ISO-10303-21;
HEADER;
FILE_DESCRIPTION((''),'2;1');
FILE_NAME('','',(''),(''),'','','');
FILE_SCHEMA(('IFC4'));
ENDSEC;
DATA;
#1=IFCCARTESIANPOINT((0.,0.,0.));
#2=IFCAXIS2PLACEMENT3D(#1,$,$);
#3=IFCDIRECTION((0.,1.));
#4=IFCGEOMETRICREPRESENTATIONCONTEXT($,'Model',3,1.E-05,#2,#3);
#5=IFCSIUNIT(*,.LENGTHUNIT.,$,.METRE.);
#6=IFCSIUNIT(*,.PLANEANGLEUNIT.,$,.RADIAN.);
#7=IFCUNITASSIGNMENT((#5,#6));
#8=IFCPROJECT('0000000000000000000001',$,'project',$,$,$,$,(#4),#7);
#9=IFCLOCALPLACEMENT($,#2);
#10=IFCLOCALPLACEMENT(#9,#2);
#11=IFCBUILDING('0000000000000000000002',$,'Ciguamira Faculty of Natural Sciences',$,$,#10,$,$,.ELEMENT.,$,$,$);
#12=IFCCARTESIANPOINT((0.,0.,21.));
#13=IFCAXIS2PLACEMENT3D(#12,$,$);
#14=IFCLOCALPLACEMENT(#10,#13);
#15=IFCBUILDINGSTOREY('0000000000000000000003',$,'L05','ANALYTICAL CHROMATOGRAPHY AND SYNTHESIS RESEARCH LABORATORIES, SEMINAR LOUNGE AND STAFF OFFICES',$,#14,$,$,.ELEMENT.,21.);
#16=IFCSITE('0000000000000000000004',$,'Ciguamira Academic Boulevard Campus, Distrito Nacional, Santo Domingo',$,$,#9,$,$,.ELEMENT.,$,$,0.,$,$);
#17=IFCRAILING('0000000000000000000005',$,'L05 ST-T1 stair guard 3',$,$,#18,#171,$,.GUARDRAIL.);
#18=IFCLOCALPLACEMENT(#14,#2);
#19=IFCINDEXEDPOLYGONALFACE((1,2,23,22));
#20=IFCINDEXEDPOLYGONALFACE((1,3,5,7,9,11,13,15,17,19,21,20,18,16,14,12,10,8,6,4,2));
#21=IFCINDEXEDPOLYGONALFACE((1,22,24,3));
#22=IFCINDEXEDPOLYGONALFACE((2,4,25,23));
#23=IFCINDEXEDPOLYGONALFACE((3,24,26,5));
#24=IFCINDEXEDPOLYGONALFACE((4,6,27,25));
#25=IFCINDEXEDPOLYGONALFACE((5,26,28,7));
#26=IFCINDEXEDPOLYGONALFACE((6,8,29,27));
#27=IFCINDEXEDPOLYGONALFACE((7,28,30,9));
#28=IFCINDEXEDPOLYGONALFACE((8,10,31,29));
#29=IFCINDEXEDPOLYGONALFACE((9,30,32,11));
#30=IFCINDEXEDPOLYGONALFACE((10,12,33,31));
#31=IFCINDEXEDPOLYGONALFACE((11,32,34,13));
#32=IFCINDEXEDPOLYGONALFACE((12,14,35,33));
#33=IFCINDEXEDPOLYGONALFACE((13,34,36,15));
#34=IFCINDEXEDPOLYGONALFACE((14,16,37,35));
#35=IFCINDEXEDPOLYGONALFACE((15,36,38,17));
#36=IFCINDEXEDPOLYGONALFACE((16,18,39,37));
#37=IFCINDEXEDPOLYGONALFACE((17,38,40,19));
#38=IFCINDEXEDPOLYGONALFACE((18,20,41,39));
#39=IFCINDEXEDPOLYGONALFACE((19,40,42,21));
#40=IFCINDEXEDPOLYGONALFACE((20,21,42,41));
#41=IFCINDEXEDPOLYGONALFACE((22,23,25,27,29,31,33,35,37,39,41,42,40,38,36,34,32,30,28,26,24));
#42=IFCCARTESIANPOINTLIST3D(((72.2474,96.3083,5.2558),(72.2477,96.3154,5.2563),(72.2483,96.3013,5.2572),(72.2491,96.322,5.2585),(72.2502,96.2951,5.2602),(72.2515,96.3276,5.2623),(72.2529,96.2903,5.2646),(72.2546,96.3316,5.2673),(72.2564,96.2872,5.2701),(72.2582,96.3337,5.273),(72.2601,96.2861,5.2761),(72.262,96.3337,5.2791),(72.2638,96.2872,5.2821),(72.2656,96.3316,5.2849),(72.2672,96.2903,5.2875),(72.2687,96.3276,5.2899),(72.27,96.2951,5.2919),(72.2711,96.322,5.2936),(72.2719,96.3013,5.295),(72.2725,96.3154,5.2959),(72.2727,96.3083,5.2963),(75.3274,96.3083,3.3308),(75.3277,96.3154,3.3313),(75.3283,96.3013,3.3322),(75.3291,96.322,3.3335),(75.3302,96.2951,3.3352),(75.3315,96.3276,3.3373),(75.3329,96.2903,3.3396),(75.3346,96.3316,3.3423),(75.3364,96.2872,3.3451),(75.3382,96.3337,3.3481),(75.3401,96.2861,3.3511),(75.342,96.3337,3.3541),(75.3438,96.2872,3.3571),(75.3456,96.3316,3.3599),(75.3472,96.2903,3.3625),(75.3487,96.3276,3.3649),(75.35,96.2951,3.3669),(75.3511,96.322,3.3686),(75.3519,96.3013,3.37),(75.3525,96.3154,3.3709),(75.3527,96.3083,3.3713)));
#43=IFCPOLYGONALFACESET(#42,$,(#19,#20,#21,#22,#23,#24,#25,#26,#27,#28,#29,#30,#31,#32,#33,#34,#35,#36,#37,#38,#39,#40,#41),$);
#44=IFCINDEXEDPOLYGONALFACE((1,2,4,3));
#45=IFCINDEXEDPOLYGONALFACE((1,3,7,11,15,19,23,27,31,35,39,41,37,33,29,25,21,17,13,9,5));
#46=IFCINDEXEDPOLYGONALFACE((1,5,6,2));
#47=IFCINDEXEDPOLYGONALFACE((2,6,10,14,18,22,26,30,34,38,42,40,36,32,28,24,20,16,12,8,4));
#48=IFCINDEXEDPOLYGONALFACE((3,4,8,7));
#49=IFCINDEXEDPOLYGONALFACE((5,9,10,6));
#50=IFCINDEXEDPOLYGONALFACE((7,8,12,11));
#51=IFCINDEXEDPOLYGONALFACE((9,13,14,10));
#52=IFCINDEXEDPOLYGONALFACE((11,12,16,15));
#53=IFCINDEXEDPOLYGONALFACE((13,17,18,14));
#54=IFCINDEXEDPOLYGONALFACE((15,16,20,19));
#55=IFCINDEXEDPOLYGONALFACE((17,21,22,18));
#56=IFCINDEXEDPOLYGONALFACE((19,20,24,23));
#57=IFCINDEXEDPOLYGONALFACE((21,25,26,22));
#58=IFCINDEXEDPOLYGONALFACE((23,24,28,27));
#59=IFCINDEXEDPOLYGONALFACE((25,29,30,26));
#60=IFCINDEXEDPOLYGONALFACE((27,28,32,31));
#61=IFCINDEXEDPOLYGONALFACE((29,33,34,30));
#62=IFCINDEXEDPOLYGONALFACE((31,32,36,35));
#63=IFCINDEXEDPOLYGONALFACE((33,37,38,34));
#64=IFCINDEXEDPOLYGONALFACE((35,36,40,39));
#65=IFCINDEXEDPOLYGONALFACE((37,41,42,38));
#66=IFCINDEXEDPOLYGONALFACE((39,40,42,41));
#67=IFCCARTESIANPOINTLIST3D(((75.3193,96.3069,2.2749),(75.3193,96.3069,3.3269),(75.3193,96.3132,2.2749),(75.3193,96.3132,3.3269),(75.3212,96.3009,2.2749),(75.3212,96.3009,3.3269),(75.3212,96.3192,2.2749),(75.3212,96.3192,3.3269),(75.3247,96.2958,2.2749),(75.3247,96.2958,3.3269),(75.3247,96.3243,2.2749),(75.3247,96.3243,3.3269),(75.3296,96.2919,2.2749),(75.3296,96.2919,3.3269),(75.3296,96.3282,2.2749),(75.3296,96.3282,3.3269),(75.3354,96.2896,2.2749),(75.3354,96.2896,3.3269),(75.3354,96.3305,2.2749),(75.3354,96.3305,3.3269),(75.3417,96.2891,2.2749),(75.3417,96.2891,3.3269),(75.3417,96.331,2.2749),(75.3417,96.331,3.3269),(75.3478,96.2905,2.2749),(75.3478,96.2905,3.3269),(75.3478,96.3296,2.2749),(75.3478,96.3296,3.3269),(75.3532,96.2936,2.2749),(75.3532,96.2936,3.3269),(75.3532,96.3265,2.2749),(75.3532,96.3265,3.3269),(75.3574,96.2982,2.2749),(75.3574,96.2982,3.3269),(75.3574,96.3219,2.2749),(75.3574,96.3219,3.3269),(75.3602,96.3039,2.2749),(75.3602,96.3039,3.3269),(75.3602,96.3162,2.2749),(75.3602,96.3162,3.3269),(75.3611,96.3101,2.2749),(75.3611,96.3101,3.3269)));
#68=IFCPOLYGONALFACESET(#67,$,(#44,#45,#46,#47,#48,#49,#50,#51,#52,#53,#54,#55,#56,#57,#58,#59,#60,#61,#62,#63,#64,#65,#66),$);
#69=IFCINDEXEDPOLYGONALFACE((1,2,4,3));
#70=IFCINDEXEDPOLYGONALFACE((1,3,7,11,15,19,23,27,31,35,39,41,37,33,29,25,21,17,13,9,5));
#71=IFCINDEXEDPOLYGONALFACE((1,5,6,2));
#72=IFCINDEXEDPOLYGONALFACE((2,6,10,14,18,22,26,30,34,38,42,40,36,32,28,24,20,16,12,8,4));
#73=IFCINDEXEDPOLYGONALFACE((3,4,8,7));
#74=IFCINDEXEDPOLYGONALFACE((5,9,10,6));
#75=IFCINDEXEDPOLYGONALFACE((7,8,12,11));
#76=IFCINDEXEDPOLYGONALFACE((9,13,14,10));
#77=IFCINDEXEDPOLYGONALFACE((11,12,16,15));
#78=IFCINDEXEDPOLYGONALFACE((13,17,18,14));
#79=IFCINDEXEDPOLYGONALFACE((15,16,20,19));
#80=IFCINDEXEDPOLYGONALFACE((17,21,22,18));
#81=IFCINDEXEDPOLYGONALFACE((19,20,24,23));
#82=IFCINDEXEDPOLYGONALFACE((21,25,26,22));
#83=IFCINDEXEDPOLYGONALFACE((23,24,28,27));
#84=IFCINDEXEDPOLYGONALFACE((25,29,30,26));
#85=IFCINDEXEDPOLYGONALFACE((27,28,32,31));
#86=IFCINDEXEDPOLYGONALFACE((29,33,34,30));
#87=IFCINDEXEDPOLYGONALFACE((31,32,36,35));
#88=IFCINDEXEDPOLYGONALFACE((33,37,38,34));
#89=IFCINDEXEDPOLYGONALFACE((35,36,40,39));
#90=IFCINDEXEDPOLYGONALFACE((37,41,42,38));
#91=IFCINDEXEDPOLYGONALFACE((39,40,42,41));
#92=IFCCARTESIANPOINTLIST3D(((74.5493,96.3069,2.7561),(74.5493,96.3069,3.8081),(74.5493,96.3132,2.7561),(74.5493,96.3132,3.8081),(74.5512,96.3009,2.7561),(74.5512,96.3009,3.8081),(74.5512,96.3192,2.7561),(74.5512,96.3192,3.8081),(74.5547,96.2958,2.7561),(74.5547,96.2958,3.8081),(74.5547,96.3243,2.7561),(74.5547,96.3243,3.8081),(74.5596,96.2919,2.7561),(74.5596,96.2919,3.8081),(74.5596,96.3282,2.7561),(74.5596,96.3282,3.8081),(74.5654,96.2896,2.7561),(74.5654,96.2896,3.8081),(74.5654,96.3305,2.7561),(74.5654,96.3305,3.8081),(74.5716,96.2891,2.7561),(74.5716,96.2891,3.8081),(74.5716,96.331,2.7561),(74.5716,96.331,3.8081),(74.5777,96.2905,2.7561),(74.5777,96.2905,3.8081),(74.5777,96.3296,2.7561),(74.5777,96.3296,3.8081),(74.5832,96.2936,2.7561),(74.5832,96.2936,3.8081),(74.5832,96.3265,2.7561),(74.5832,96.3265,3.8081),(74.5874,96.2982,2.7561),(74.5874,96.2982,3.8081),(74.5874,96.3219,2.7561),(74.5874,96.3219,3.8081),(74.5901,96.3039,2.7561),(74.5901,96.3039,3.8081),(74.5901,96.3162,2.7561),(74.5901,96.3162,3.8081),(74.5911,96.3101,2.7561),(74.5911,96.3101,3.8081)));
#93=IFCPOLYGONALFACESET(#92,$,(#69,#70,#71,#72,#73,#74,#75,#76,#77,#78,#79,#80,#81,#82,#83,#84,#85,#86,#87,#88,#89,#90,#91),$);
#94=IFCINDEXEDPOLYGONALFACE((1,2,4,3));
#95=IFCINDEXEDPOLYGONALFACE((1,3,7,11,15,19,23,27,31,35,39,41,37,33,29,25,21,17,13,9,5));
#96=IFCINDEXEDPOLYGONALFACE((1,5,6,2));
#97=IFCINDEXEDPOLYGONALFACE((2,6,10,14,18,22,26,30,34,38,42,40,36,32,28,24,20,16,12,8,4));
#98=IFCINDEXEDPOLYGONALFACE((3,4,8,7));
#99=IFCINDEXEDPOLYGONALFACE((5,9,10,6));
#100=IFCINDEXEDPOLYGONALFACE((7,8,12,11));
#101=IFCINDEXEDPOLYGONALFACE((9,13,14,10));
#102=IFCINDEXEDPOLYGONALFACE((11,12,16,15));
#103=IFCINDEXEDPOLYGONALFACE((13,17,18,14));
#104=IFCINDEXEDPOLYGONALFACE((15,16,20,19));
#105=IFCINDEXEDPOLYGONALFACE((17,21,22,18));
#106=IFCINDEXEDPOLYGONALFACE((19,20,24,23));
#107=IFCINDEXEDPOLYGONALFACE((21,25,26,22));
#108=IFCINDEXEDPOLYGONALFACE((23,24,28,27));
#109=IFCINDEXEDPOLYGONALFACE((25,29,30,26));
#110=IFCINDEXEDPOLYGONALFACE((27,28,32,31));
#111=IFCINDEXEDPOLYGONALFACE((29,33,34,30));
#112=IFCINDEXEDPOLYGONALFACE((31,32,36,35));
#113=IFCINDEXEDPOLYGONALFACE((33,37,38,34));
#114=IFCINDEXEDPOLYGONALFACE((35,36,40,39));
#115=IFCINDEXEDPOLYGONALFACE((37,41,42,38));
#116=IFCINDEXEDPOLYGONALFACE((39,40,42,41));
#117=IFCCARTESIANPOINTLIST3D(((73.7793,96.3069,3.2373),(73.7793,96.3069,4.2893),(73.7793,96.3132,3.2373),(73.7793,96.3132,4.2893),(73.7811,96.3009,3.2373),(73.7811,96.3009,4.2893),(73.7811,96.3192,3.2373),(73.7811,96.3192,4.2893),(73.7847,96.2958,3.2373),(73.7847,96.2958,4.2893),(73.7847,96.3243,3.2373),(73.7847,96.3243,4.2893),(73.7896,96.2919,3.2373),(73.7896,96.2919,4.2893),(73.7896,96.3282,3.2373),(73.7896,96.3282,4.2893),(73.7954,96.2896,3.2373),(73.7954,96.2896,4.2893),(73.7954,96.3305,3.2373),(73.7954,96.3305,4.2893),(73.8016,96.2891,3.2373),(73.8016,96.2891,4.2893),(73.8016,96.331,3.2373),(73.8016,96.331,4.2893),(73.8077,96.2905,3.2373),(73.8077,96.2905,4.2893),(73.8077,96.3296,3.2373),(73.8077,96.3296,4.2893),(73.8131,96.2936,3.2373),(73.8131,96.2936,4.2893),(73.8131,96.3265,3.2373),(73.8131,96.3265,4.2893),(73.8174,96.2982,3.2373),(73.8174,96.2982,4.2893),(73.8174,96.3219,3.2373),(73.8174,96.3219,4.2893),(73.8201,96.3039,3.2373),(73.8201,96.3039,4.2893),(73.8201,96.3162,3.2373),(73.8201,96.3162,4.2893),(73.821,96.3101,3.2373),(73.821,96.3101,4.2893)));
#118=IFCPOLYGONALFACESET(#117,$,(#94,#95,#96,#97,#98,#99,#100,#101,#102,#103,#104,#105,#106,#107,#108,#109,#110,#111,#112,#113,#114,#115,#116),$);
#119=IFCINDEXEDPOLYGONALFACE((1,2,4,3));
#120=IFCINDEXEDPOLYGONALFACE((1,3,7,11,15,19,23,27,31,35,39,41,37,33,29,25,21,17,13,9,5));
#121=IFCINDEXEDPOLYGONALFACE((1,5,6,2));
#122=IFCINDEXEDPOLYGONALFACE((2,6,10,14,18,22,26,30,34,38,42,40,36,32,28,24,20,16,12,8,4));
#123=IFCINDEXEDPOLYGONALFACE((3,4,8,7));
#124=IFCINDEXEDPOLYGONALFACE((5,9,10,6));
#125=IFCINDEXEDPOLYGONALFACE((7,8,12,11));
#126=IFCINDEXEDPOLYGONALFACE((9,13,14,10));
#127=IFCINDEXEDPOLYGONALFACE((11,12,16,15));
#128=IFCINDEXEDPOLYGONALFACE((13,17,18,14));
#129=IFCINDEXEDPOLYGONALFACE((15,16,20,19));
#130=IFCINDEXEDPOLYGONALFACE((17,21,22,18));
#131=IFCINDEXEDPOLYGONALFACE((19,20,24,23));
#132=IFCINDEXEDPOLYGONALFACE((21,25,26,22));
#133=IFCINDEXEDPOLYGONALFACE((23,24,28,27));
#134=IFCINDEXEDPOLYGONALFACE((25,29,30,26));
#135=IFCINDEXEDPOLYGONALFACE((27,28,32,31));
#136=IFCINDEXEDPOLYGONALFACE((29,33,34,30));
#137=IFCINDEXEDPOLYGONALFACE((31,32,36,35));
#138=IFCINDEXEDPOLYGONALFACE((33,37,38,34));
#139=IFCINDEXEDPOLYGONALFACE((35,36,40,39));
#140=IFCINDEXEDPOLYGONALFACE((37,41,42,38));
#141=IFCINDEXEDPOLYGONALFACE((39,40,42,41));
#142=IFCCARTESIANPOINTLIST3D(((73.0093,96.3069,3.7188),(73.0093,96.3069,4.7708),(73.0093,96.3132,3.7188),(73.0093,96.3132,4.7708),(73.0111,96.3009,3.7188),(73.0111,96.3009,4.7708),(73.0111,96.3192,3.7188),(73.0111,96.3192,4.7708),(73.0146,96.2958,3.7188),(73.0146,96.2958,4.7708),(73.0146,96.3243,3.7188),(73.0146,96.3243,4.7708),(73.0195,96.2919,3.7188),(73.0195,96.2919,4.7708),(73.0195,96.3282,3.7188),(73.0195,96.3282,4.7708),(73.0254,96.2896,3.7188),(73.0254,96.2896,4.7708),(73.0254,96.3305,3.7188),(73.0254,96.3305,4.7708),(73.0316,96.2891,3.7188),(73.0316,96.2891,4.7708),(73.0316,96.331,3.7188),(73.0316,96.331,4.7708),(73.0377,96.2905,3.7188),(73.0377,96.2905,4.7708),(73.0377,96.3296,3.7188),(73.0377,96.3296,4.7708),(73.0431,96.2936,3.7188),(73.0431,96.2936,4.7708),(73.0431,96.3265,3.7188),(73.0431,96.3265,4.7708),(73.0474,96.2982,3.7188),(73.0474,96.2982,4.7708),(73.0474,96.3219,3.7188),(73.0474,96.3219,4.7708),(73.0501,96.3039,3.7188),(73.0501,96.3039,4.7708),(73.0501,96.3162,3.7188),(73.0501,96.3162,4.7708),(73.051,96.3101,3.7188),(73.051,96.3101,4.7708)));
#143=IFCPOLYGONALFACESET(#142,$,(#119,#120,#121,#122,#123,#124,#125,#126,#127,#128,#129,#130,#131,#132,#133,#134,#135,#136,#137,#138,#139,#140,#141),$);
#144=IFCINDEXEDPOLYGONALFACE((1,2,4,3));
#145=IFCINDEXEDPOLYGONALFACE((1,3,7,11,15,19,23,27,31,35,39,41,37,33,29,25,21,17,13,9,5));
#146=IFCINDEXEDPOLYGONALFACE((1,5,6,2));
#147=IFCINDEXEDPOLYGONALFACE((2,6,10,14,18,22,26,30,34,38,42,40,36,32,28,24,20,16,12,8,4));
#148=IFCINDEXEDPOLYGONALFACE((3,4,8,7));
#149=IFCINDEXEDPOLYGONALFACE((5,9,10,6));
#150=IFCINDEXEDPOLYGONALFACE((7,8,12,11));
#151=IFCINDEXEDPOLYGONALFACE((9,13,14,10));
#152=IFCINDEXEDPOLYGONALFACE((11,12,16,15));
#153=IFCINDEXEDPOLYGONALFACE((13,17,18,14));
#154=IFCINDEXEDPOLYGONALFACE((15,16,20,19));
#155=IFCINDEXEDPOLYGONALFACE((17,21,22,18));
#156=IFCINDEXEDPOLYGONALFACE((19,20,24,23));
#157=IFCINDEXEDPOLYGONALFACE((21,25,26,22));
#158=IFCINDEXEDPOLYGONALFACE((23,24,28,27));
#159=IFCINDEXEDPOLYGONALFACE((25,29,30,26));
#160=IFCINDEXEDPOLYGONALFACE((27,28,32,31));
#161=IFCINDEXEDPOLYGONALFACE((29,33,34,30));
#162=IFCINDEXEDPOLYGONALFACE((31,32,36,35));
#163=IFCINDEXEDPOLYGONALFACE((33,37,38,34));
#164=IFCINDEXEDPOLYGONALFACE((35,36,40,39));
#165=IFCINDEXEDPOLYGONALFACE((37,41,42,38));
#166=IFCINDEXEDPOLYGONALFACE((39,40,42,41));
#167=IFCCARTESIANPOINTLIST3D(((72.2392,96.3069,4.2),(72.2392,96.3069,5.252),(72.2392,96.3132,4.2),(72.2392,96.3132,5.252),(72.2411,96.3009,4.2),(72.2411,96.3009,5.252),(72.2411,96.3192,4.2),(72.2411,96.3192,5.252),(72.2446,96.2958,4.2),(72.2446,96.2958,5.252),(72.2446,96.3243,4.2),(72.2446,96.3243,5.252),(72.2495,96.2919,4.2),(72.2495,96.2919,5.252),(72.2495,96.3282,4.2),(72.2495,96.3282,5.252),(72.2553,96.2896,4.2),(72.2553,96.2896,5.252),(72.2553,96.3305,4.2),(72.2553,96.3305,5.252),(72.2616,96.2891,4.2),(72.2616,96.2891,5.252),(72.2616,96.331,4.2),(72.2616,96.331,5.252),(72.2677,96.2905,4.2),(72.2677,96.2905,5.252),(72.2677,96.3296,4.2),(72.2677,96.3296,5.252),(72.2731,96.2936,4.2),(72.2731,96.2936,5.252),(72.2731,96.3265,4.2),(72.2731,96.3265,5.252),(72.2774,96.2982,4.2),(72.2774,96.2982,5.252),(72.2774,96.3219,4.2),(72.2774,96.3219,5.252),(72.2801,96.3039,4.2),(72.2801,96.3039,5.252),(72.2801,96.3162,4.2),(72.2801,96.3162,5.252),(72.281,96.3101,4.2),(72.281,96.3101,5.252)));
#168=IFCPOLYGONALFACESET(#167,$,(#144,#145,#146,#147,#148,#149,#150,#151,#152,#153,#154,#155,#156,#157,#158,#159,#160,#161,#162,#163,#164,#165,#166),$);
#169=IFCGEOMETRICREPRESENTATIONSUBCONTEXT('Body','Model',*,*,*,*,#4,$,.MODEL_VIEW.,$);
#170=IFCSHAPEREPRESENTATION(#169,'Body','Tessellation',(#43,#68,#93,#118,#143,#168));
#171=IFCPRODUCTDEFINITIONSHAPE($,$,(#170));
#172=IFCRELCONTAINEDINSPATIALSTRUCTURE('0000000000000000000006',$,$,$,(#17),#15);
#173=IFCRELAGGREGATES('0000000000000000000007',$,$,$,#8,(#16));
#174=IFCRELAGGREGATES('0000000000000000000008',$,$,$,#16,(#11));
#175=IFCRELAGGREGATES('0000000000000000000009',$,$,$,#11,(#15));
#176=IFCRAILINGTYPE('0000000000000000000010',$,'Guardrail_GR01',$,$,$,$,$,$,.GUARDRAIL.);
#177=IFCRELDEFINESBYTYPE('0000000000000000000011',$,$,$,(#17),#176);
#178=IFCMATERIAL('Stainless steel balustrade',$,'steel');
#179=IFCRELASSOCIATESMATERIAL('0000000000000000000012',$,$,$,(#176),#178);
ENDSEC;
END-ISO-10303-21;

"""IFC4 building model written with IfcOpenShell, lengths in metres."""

from ifc_helpers import new_model, si_unit, direction, frame, origin, origin_2d, place, context, subcontext, project, spatial, circle, extrude, material, type_object, element, save


model = new_model("IFC4")

# Units and contexts
model_context = context("Model", 3, precision=1e-05, world=origin(), true_north=direction((0.0, 1.0)))
body_context = subcontext(model_context, "Body", "Model", "MODEL_VIEW")
ifc_project = project(units=[si_unit("LENGTHUNIT", "METRE"), si_unit("PLANEANGLEUNIT", "RADIAN")], contexts=[model_context])

# Site, building, storey
site_placement = place(None, origin())
site = spatial("IfcSite", under=ifc_project, at=site_placement, Name="Ciguamira Academic Boulevard Campus, Distrito Nacional, Santo Domingo", CompositionType="ELEMENT", RefElevation=0.0)
building_placement = place(site_placement, origin())
building = spatial("IfcBuilding", under=site, at=building_placement, Name="Ciguamira Faculty of Natural Sciences", CompositionType="ELEMENT")
storey_placement = place(building_placement, frame((0.0, 0.0, 21.0)))
storey = spatial("IfcBuildingStorey", under=building, at=storey_placement, Name="L05", Description="ANALYTICAL CHROMATOGRAPHY AND SYNTHESIS RESEARCH LABORATORIES, SEMINAR LOUNGE AND STAFF OFFICES", CompositionType="ELEMENT", Elevation=21.0)

# Railing
ifc_material_1 = material(Name="Stainless steel balustrade", Category="steel")
railing_type = type_object("IfcRailingType", Name="Guardrail_GR01", PredefinedType="GUARDRAIL", material=ifc_material_1)
railing_1_placement = place(storey_placement, frame((75.3401, 96.3101, 2.2749)))
element("IfcRailing", 1, at=railing_1_placement, inside=storey, type_object=railing_type, Name="L05 ST-T1 stair guard 3", PredefinedType="GUARDRAIL", context=body_context, shape_type="SweptSolid", body=[
    extrude(circle(Radius=0.0239, at=origin_2d()), frame((0.0, 0.0, 1.0762), z_axis=(-0.847998, 0.0, 0.529999), x_axis=(0.0, -1.0, 0.0)), (0.0, 0.0, 1.0), 3.6321),
    extrude(circle(Radius=0.021, at=origin_2d()), origin(), (0.0, 0.0, 1.0), 1.052),
    extrude(circle(Radius=0.021, at=origin_2d()), frame((-0.77, 0.0, 0.4812)), (0.0, 0.0, 1.0), 1.052),
    extrude(circle(Radius=0.021, at=origin_2d()), frame((-1.54, 0.0, 0.9624)), (0.0, 0.0, 1.0), 1.052),
    extrude(circle(Radius=0.021, at=origin_2d()), frame((-2.3101, 0.0, 1.4438)), (0.0, 0.0, 1.0), 1.052),
    extrude(circle(Radius=0.021, at=origin_2d()), frame((-3.0801, 0.0, 1.925)), (0.0, 0.0, 1.0), 1.052),
])

save(model, "model.ifc")
